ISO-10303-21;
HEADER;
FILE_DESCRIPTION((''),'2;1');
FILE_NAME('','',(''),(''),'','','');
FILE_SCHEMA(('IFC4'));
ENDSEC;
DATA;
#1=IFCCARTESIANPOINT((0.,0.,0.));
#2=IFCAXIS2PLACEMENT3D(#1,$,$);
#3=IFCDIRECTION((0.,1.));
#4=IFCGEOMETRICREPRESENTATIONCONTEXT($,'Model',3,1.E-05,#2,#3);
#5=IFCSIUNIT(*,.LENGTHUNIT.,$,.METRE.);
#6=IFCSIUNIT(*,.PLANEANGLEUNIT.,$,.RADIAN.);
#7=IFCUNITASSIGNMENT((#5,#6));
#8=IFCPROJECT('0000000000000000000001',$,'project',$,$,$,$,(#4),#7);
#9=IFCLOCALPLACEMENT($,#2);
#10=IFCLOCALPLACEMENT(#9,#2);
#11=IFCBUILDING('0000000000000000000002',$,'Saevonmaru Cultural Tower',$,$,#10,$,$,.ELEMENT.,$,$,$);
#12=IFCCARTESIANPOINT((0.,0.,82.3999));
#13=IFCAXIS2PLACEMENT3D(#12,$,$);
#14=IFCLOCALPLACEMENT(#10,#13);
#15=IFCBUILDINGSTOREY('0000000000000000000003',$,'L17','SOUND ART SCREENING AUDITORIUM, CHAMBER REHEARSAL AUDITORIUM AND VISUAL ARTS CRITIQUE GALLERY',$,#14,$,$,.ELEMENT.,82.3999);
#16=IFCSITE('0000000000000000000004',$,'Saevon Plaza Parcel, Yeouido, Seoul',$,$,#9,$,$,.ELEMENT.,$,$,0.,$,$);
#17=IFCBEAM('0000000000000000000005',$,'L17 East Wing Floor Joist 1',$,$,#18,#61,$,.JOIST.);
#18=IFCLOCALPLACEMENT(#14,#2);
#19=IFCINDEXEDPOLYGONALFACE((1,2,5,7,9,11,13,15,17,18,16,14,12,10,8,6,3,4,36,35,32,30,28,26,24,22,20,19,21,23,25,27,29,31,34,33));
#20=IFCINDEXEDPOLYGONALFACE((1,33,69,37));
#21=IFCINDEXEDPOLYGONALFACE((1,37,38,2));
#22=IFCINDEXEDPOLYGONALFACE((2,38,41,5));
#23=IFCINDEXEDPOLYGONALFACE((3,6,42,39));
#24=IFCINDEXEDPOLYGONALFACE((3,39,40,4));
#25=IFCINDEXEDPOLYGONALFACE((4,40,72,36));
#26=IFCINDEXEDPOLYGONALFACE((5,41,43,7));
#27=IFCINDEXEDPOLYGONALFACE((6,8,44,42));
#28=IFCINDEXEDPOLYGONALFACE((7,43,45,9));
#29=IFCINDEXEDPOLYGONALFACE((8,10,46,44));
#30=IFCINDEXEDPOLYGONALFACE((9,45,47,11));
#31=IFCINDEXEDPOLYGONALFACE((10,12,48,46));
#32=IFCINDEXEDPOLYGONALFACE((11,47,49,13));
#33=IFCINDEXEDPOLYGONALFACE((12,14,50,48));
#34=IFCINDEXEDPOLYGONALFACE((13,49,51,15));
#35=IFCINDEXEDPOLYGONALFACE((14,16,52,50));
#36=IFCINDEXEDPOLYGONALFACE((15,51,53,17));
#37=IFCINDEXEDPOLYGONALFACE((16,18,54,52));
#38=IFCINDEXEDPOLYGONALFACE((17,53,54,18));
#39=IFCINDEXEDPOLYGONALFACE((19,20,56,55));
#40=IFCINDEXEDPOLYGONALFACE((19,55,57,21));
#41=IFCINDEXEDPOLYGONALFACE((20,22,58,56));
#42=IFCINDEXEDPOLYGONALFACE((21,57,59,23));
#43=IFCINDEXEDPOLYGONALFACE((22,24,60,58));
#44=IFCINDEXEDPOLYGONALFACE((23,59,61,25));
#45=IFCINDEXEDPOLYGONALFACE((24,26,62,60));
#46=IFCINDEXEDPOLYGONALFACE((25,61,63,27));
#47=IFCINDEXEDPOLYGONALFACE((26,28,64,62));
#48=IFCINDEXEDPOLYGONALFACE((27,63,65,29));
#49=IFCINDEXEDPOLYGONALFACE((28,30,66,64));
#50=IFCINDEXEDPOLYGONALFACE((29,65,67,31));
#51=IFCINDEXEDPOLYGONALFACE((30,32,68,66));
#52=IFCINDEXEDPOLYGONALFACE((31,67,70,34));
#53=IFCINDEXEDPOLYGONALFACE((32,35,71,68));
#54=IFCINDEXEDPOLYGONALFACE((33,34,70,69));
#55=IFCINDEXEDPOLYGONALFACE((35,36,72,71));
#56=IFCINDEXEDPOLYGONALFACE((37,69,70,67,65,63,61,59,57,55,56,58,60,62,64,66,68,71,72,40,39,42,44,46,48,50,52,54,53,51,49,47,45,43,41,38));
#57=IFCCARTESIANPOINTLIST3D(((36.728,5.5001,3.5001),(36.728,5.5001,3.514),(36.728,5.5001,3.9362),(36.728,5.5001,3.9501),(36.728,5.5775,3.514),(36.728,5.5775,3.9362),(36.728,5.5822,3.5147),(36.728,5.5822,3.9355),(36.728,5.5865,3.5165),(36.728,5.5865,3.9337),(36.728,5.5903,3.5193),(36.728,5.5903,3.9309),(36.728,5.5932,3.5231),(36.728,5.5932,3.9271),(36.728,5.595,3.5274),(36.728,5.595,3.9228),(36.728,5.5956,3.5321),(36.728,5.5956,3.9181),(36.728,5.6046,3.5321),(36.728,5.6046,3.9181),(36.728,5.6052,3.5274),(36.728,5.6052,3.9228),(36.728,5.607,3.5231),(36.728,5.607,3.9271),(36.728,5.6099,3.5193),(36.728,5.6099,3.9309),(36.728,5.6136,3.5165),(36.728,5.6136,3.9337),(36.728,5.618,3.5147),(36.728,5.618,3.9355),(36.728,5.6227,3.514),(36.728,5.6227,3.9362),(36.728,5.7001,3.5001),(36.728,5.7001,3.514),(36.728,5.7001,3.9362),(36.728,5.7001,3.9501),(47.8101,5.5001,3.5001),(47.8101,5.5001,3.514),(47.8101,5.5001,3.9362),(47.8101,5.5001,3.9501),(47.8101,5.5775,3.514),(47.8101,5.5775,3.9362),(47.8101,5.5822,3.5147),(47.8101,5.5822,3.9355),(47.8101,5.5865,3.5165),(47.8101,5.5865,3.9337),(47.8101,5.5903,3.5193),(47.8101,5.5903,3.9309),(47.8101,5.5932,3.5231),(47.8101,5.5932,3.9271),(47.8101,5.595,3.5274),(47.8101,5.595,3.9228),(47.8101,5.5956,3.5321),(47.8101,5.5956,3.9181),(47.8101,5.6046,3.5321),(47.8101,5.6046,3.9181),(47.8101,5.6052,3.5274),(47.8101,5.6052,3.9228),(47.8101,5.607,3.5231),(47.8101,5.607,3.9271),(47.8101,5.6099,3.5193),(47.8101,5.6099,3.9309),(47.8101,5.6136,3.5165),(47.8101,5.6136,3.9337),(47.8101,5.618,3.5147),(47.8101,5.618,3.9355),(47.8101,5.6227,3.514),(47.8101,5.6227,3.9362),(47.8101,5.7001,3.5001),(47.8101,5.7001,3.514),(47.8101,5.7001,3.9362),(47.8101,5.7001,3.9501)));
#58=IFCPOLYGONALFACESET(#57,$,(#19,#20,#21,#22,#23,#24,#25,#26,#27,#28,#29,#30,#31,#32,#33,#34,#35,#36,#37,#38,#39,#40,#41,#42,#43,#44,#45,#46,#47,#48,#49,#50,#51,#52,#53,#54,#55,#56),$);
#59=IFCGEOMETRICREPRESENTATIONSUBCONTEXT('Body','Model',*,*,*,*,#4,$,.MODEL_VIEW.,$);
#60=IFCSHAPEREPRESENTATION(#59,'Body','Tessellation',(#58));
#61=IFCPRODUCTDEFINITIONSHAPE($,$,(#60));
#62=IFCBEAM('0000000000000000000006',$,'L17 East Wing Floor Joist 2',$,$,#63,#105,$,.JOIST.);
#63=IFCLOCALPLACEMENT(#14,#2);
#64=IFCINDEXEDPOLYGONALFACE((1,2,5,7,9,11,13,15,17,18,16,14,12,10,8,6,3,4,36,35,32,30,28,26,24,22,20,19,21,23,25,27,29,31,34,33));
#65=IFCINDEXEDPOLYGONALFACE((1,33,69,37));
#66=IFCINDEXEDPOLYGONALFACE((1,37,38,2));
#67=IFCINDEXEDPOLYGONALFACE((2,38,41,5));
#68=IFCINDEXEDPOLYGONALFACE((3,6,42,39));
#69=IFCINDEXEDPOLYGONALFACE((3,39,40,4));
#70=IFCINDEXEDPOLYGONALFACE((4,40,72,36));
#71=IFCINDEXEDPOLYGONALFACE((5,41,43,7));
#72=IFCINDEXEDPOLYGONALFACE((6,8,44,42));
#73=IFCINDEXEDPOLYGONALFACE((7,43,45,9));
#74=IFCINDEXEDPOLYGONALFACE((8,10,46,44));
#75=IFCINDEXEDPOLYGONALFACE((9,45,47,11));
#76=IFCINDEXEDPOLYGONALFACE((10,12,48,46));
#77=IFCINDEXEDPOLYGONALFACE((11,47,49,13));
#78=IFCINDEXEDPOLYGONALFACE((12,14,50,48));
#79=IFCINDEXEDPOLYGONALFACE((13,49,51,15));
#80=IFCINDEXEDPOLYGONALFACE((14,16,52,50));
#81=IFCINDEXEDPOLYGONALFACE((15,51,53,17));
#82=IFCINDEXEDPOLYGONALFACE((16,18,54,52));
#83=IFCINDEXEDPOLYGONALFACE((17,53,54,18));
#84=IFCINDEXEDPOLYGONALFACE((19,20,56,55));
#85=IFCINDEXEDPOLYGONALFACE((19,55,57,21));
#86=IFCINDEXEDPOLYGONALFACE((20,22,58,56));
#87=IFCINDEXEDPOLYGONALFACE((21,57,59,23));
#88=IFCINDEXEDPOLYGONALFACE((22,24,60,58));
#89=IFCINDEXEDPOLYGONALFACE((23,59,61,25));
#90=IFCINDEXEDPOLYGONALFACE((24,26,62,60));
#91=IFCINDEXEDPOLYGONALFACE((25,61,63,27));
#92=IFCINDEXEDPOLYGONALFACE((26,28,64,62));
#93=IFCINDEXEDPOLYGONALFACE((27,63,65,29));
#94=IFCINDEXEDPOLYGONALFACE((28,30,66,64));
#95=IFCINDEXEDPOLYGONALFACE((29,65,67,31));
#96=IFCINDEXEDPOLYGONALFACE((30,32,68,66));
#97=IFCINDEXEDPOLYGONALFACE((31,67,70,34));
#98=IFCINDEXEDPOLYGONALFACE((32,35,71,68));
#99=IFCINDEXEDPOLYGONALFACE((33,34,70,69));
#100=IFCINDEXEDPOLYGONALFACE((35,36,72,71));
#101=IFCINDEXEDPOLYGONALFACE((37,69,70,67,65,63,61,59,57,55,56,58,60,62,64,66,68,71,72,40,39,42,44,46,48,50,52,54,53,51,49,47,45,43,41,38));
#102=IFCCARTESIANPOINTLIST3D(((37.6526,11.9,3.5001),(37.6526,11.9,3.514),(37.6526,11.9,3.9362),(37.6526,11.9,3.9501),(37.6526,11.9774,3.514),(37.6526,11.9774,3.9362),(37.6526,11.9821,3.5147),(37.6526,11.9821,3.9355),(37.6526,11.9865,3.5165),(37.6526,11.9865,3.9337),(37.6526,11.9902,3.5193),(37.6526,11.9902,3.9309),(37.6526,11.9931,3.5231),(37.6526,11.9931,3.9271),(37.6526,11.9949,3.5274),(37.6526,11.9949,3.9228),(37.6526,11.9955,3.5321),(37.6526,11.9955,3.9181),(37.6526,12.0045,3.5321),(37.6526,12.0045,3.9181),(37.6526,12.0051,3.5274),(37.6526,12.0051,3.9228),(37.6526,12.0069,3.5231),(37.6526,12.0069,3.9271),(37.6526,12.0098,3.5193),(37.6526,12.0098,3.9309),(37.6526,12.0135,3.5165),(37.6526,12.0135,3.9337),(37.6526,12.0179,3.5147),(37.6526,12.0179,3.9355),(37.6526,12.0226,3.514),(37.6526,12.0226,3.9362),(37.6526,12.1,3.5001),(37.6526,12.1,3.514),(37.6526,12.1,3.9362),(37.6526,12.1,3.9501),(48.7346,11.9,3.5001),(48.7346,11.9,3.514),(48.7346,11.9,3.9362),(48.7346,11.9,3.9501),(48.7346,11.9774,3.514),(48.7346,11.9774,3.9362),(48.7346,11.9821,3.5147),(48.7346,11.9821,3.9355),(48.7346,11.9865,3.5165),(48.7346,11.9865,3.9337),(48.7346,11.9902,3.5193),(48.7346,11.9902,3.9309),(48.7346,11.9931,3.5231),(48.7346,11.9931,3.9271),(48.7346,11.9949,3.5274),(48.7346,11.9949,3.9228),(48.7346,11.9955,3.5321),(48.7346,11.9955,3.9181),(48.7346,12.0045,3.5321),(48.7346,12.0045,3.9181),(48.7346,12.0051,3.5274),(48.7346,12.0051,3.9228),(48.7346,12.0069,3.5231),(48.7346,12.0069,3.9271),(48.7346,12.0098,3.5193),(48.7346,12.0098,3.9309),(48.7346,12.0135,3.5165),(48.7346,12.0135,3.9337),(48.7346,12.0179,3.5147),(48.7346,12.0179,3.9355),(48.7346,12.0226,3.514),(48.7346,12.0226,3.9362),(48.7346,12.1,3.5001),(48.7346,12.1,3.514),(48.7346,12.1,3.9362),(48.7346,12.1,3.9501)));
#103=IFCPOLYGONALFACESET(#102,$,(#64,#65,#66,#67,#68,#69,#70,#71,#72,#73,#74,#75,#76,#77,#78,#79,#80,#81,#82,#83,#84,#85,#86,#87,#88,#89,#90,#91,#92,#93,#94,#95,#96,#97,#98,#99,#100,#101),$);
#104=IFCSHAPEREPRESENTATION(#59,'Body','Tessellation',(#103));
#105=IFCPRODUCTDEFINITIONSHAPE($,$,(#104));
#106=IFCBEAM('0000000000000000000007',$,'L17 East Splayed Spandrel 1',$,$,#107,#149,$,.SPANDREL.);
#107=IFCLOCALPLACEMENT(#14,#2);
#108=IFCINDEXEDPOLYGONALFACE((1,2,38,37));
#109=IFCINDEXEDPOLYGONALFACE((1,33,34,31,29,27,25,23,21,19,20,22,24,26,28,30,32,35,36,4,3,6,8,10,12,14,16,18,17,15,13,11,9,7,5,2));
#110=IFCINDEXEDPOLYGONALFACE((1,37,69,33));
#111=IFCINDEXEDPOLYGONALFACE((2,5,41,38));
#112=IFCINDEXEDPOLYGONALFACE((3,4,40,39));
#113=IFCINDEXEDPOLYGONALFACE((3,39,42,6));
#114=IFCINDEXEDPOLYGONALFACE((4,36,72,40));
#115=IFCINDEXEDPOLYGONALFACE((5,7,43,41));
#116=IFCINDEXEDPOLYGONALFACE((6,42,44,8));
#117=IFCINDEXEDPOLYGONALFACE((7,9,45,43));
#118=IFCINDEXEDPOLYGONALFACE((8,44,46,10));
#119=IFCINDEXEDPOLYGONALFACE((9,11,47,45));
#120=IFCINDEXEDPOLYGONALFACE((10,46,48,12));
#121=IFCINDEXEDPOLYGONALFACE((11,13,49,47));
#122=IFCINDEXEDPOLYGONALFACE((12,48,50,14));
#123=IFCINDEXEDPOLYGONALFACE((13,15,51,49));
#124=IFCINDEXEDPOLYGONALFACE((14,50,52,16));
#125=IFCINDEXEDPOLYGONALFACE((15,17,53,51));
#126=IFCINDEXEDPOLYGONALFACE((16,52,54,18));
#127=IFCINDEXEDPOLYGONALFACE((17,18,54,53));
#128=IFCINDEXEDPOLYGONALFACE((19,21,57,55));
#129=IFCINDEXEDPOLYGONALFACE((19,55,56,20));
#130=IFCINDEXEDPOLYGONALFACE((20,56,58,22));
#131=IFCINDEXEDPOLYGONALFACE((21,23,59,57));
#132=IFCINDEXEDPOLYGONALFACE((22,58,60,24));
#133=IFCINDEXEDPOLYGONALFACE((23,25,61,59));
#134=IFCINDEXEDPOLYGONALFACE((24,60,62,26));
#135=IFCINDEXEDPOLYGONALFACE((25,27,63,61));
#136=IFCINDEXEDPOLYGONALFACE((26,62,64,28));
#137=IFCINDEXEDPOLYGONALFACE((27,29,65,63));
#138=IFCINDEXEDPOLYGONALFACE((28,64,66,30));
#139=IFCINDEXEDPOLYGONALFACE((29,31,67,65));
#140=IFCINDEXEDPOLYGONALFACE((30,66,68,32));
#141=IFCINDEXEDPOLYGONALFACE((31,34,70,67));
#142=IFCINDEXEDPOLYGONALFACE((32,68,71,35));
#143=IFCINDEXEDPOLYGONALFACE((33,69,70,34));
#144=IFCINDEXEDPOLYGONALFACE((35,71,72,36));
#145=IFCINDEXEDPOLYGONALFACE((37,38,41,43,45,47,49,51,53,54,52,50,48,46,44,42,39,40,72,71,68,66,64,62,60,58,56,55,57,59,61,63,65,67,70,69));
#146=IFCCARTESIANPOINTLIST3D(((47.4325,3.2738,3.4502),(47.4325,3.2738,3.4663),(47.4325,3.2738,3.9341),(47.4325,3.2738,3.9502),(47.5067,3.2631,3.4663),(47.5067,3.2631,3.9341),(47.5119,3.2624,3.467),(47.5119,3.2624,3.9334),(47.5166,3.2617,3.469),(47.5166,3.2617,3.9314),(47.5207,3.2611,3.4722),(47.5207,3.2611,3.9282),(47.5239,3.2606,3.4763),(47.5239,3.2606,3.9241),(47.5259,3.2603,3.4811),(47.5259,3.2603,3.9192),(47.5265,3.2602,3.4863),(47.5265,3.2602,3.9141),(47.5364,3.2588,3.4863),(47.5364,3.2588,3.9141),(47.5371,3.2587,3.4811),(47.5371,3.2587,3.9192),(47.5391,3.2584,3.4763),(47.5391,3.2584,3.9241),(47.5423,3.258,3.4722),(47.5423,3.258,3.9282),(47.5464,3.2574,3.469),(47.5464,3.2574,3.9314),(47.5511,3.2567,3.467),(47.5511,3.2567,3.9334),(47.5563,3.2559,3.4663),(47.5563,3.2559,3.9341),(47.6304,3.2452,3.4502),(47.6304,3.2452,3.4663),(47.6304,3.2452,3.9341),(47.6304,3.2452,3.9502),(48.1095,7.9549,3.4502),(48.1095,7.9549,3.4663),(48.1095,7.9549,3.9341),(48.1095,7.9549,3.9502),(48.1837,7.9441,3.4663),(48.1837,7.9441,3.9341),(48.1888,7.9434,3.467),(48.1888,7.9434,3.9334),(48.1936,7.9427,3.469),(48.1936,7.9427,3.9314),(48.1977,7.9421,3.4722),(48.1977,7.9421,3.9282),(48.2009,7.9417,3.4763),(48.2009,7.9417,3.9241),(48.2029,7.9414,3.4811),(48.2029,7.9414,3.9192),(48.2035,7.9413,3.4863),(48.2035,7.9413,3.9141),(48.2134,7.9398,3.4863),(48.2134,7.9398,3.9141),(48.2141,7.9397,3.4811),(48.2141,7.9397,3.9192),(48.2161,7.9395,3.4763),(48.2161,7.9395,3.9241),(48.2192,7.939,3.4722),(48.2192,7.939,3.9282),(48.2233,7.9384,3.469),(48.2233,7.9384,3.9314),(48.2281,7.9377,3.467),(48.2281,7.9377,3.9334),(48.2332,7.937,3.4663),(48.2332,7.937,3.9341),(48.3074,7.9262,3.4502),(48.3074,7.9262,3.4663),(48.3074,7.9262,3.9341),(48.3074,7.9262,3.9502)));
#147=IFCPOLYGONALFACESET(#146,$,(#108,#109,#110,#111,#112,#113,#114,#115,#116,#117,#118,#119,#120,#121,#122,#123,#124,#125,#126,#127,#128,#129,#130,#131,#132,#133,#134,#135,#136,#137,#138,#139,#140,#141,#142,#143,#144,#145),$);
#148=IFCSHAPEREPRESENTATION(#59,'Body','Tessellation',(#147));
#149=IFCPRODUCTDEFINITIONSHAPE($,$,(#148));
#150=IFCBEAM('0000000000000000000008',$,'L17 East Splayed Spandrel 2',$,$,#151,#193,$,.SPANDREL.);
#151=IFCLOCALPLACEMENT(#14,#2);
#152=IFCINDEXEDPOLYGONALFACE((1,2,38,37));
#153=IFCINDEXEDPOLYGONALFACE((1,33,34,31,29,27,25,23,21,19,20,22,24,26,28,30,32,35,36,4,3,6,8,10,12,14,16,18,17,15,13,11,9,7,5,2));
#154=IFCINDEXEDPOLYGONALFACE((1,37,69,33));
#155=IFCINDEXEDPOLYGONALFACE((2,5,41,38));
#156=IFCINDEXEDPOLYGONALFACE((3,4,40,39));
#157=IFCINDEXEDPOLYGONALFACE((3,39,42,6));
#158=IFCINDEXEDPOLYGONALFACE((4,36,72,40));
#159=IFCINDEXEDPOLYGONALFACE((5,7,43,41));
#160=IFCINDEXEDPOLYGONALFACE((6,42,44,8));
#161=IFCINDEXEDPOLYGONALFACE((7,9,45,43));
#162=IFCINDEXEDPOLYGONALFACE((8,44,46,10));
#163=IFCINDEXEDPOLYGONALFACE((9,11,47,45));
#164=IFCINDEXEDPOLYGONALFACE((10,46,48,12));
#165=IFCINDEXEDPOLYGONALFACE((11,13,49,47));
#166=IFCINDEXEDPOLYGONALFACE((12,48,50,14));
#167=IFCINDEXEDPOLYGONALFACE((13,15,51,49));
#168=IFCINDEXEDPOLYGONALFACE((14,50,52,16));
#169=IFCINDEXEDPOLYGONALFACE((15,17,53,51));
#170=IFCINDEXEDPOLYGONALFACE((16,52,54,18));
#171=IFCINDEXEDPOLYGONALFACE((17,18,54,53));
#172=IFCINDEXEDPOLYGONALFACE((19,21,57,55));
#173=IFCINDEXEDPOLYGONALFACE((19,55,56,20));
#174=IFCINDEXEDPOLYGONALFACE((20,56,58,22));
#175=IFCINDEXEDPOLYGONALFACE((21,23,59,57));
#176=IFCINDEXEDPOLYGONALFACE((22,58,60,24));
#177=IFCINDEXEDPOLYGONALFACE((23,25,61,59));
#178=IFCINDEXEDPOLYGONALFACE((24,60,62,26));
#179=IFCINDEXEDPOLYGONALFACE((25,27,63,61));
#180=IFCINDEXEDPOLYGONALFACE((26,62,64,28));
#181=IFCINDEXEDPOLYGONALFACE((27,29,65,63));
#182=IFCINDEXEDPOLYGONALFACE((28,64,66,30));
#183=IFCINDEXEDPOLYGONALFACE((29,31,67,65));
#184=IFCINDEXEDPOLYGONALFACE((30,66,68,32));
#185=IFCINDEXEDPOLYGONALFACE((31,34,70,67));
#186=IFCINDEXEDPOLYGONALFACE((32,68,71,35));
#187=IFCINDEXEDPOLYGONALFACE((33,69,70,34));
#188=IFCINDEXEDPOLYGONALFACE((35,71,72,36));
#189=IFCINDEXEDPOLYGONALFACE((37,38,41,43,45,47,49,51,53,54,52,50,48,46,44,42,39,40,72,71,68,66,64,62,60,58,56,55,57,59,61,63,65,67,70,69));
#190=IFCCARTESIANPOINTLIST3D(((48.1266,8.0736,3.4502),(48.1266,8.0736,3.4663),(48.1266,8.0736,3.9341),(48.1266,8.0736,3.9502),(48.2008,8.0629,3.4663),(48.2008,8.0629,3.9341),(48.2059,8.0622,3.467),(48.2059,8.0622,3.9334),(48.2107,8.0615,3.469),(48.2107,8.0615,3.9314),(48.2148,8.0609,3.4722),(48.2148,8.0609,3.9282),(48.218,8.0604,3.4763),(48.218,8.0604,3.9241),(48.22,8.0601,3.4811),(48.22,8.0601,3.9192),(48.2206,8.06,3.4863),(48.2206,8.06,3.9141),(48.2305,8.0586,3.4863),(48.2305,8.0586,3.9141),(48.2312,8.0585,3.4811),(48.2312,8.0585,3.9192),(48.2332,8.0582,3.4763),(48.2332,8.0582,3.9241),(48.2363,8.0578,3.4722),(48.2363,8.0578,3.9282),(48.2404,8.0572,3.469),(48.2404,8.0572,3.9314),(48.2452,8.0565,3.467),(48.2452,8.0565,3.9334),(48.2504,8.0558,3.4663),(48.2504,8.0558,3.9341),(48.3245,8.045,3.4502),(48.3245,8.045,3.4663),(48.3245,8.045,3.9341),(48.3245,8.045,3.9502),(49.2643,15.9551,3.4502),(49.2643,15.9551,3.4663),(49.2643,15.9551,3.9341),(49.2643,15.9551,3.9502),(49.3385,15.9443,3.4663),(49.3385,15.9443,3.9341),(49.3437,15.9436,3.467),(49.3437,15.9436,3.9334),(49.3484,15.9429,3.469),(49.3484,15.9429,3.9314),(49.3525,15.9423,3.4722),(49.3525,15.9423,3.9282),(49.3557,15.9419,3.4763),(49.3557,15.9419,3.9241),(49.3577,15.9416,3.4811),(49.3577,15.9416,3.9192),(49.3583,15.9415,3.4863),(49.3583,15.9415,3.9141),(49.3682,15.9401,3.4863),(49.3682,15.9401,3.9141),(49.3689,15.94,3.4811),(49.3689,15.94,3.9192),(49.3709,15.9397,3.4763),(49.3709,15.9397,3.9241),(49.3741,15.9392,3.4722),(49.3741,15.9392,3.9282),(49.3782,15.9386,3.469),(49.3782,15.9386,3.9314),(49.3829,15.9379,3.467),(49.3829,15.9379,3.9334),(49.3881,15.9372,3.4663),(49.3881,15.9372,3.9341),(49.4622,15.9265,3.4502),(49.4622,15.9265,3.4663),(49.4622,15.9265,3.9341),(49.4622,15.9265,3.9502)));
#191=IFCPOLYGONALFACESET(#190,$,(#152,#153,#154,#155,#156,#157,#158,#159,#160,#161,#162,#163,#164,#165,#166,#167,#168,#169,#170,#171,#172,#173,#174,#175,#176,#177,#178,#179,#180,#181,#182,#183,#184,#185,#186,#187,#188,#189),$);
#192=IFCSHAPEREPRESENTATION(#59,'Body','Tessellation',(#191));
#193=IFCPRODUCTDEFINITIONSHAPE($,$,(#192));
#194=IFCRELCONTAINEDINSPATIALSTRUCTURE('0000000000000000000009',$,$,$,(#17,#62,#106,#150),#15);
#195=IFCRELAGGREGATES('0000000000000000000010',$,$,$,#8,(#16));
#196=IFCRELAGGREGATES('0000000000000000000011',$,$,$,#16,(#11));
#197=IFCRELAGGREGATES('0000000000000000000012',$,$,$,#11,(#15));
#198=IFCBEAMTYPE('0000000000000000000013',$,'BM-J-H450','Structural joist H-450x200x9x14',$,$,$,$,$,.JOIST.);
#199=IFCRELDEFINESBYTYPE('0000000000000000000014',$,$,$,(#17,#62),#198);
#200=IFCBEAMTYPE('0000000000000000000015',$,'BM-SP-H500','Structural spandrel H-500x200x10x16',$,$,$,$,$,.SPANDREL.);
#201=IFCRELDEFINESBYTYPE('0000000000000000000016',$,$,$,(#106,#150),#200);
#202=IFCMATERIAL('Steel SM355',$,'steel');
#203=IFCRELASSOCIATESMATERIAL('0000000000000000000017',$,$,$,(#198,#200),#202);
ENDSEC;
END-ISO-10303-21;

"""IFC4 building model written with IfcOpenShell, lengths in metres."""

from ifc_helpers import new_model, si_unit, direction, frame, origin, origin_2d, place, context, subcontext, project, spatial, i_section, extrude, material, material_profile, profile_set, type_object, element, save


model = new_model("IFC4")

# Units and contexts
model_context = context("Model", 3, precision=1e-05, world=origin(), true_north=direction((0.0, 1.0)))
body_context = subcontext(model_context, "Body", "Model", "MODEL_VIEW")
ifc_project = project(units=[si_unit("LENGTHUNIT", "METRE"), si_unit("PLANEANGLEUNIT", "RADIAN")], contexts=[model_context])

# Site, building, storey
site_placement = place(None, origin())
site = spatial("IfcSite", under=ifc_project, at=site_placement, Name="Saevon Plaza Parcel, Yeouido, Seoul", CompositionType="ELEMENT", RefElevation=0.0)
building_placement = place(site_placement, origin())
building = spatial("IfcBuilding", under=site, at=building_placement, Name="Saevonmaru Cultural Tower", CompositionType="ELEMENT")
storey_placement = place(building_placement, frame((0.0, 0.0, 82.3999)))
storey = spatial("IfcBuildingStorey", under=building, at=storey_placement, Name="L17", Description="SOUND ART SCREENING AUDITORIUM, CHAMBER REHEARSAL AUDITORIUM AND VISUAL ARTS CRITIQUE GALLERY", CompositionType="ELEMENT", Elevation=82.3999)

# Beams
ifc_material_1 = material(Name="Steel SM355", Category="steel")
ifc_material_profile_1 = material_profile(ifc_material_1, i_section(OverallWidth=0.2, OverallDepth=0.45, WebThickness=0.009, FlangeThickness=0.0139, FilletRadius=0.0181, at=origin_2d()), Name="H-450x200x9x14")
ifc_profile_set_1 = profile_set([ifc_material_profile_1], Name="Steel SM355")
beam_type_1 = type_object("IfcBeamType", Name="BM-J-H450", Description="Structural joist H-450x200x9x14", PredefinedType="JOIST", material=ifc_profile_set_1)
for number, where, z_axis, x_axis, name in (
    (1, (36.728, 5.6001, 3.7251), (1.0, 0.0, 0.0), (0.0, 1.0, 0.0), "L17 East Wing Floor Joist 1"),
    (2, (37.6526, 12.0, 3.7251), (1.0, 0.0, 0.0), (0.0, 1.0, 0.0), "L17 East Wing Floor Joist 2"),
):
    element("IfcBeam", number, at=place(storey_placement, frame(where, z_axis=z_axis, x_axis=x_axis)), inside=storey, type_object=beam_type_1, Name=name, PredefinedType="JOIST", context=body_context, shape_type="SweptSolid", body=[
        extrude(i_section(OverallWidth=0.2, OverallDepth=0.45, WebThickness=0.009, FlangeThickness=0.0139, FilletRadius=0.0181, at=origin_2d()), origin(), (0.0, 0.0, 1.0), 11.082),
    ])
ifc_material_profile_2 = material_profile(ifc_material_1, i_section(OverallWidth=0.2, OverallDepth=0.5, WebThickness=0.01, FlangeThickness=0.0161, FilletRadius=0.02, at=origin_2d()), Name="H-500x200x10x16")
ifc_profile_set_2 = profile_set([ifc_material_profile_2], Name="Steel SM355")
beam_type_2 = type_object("IfcBeamType", Name="BM-SP-H500", Description="Structural spandrel H-500x200x10x16", PredefinedType="SPANDREL", material=ifc_profile_set_2)
beam_1_placement = place(storey_placement, frame((47.5315, 3.2595, 3.7002), z_axis=(0.143134, 0.989703, 0.0), x_axis=(-0.989703, 0.143134, 0.0)))
element("IfcBeam", 3, at=beam_1_placement, inside=storey, type_object=beam_type_2, Name="L17 East Splayed Spandrel 1", PredefinedType="SPANDREL", context=body_context, shape_type="SweptSolid", body=[
    extrude(i_section(OverallWidth=0.2, OverallDepth=0.5, WebThickness=0.01, FlangeThickness=0.0161, FilletRadius=0.02, at=origin_2d()), origin(), (0.0, 0.0, 1.0), 4.7297),
])
beam_2_placement = place(storey_placement, frame((48.2256, 8.0593, 3.7002), z_axis=(0.142872, 0.989741, 0.0), x_axis=(-0.989741, 0.142872, 0.0)))
element("IfcBeam", 4, at=beam_2_placement, inside=storey, type_object=beam_type_2, Name="L17 East Splayed Spandrel 2", PredefinedType="SPANDREL", context=body_context, shape_type="SweptSolid", body=[
    extrude(i_section(OverallWidth=0.2, OverallDepth=0.5, WebThickness=0.01, FlangeThickness=0.0161, FilletRadius=0.02, at=origin_2d()), origin(), (0.0, 0.0, 1.0), 7.9631),
])

save(model, "model.ifc")
